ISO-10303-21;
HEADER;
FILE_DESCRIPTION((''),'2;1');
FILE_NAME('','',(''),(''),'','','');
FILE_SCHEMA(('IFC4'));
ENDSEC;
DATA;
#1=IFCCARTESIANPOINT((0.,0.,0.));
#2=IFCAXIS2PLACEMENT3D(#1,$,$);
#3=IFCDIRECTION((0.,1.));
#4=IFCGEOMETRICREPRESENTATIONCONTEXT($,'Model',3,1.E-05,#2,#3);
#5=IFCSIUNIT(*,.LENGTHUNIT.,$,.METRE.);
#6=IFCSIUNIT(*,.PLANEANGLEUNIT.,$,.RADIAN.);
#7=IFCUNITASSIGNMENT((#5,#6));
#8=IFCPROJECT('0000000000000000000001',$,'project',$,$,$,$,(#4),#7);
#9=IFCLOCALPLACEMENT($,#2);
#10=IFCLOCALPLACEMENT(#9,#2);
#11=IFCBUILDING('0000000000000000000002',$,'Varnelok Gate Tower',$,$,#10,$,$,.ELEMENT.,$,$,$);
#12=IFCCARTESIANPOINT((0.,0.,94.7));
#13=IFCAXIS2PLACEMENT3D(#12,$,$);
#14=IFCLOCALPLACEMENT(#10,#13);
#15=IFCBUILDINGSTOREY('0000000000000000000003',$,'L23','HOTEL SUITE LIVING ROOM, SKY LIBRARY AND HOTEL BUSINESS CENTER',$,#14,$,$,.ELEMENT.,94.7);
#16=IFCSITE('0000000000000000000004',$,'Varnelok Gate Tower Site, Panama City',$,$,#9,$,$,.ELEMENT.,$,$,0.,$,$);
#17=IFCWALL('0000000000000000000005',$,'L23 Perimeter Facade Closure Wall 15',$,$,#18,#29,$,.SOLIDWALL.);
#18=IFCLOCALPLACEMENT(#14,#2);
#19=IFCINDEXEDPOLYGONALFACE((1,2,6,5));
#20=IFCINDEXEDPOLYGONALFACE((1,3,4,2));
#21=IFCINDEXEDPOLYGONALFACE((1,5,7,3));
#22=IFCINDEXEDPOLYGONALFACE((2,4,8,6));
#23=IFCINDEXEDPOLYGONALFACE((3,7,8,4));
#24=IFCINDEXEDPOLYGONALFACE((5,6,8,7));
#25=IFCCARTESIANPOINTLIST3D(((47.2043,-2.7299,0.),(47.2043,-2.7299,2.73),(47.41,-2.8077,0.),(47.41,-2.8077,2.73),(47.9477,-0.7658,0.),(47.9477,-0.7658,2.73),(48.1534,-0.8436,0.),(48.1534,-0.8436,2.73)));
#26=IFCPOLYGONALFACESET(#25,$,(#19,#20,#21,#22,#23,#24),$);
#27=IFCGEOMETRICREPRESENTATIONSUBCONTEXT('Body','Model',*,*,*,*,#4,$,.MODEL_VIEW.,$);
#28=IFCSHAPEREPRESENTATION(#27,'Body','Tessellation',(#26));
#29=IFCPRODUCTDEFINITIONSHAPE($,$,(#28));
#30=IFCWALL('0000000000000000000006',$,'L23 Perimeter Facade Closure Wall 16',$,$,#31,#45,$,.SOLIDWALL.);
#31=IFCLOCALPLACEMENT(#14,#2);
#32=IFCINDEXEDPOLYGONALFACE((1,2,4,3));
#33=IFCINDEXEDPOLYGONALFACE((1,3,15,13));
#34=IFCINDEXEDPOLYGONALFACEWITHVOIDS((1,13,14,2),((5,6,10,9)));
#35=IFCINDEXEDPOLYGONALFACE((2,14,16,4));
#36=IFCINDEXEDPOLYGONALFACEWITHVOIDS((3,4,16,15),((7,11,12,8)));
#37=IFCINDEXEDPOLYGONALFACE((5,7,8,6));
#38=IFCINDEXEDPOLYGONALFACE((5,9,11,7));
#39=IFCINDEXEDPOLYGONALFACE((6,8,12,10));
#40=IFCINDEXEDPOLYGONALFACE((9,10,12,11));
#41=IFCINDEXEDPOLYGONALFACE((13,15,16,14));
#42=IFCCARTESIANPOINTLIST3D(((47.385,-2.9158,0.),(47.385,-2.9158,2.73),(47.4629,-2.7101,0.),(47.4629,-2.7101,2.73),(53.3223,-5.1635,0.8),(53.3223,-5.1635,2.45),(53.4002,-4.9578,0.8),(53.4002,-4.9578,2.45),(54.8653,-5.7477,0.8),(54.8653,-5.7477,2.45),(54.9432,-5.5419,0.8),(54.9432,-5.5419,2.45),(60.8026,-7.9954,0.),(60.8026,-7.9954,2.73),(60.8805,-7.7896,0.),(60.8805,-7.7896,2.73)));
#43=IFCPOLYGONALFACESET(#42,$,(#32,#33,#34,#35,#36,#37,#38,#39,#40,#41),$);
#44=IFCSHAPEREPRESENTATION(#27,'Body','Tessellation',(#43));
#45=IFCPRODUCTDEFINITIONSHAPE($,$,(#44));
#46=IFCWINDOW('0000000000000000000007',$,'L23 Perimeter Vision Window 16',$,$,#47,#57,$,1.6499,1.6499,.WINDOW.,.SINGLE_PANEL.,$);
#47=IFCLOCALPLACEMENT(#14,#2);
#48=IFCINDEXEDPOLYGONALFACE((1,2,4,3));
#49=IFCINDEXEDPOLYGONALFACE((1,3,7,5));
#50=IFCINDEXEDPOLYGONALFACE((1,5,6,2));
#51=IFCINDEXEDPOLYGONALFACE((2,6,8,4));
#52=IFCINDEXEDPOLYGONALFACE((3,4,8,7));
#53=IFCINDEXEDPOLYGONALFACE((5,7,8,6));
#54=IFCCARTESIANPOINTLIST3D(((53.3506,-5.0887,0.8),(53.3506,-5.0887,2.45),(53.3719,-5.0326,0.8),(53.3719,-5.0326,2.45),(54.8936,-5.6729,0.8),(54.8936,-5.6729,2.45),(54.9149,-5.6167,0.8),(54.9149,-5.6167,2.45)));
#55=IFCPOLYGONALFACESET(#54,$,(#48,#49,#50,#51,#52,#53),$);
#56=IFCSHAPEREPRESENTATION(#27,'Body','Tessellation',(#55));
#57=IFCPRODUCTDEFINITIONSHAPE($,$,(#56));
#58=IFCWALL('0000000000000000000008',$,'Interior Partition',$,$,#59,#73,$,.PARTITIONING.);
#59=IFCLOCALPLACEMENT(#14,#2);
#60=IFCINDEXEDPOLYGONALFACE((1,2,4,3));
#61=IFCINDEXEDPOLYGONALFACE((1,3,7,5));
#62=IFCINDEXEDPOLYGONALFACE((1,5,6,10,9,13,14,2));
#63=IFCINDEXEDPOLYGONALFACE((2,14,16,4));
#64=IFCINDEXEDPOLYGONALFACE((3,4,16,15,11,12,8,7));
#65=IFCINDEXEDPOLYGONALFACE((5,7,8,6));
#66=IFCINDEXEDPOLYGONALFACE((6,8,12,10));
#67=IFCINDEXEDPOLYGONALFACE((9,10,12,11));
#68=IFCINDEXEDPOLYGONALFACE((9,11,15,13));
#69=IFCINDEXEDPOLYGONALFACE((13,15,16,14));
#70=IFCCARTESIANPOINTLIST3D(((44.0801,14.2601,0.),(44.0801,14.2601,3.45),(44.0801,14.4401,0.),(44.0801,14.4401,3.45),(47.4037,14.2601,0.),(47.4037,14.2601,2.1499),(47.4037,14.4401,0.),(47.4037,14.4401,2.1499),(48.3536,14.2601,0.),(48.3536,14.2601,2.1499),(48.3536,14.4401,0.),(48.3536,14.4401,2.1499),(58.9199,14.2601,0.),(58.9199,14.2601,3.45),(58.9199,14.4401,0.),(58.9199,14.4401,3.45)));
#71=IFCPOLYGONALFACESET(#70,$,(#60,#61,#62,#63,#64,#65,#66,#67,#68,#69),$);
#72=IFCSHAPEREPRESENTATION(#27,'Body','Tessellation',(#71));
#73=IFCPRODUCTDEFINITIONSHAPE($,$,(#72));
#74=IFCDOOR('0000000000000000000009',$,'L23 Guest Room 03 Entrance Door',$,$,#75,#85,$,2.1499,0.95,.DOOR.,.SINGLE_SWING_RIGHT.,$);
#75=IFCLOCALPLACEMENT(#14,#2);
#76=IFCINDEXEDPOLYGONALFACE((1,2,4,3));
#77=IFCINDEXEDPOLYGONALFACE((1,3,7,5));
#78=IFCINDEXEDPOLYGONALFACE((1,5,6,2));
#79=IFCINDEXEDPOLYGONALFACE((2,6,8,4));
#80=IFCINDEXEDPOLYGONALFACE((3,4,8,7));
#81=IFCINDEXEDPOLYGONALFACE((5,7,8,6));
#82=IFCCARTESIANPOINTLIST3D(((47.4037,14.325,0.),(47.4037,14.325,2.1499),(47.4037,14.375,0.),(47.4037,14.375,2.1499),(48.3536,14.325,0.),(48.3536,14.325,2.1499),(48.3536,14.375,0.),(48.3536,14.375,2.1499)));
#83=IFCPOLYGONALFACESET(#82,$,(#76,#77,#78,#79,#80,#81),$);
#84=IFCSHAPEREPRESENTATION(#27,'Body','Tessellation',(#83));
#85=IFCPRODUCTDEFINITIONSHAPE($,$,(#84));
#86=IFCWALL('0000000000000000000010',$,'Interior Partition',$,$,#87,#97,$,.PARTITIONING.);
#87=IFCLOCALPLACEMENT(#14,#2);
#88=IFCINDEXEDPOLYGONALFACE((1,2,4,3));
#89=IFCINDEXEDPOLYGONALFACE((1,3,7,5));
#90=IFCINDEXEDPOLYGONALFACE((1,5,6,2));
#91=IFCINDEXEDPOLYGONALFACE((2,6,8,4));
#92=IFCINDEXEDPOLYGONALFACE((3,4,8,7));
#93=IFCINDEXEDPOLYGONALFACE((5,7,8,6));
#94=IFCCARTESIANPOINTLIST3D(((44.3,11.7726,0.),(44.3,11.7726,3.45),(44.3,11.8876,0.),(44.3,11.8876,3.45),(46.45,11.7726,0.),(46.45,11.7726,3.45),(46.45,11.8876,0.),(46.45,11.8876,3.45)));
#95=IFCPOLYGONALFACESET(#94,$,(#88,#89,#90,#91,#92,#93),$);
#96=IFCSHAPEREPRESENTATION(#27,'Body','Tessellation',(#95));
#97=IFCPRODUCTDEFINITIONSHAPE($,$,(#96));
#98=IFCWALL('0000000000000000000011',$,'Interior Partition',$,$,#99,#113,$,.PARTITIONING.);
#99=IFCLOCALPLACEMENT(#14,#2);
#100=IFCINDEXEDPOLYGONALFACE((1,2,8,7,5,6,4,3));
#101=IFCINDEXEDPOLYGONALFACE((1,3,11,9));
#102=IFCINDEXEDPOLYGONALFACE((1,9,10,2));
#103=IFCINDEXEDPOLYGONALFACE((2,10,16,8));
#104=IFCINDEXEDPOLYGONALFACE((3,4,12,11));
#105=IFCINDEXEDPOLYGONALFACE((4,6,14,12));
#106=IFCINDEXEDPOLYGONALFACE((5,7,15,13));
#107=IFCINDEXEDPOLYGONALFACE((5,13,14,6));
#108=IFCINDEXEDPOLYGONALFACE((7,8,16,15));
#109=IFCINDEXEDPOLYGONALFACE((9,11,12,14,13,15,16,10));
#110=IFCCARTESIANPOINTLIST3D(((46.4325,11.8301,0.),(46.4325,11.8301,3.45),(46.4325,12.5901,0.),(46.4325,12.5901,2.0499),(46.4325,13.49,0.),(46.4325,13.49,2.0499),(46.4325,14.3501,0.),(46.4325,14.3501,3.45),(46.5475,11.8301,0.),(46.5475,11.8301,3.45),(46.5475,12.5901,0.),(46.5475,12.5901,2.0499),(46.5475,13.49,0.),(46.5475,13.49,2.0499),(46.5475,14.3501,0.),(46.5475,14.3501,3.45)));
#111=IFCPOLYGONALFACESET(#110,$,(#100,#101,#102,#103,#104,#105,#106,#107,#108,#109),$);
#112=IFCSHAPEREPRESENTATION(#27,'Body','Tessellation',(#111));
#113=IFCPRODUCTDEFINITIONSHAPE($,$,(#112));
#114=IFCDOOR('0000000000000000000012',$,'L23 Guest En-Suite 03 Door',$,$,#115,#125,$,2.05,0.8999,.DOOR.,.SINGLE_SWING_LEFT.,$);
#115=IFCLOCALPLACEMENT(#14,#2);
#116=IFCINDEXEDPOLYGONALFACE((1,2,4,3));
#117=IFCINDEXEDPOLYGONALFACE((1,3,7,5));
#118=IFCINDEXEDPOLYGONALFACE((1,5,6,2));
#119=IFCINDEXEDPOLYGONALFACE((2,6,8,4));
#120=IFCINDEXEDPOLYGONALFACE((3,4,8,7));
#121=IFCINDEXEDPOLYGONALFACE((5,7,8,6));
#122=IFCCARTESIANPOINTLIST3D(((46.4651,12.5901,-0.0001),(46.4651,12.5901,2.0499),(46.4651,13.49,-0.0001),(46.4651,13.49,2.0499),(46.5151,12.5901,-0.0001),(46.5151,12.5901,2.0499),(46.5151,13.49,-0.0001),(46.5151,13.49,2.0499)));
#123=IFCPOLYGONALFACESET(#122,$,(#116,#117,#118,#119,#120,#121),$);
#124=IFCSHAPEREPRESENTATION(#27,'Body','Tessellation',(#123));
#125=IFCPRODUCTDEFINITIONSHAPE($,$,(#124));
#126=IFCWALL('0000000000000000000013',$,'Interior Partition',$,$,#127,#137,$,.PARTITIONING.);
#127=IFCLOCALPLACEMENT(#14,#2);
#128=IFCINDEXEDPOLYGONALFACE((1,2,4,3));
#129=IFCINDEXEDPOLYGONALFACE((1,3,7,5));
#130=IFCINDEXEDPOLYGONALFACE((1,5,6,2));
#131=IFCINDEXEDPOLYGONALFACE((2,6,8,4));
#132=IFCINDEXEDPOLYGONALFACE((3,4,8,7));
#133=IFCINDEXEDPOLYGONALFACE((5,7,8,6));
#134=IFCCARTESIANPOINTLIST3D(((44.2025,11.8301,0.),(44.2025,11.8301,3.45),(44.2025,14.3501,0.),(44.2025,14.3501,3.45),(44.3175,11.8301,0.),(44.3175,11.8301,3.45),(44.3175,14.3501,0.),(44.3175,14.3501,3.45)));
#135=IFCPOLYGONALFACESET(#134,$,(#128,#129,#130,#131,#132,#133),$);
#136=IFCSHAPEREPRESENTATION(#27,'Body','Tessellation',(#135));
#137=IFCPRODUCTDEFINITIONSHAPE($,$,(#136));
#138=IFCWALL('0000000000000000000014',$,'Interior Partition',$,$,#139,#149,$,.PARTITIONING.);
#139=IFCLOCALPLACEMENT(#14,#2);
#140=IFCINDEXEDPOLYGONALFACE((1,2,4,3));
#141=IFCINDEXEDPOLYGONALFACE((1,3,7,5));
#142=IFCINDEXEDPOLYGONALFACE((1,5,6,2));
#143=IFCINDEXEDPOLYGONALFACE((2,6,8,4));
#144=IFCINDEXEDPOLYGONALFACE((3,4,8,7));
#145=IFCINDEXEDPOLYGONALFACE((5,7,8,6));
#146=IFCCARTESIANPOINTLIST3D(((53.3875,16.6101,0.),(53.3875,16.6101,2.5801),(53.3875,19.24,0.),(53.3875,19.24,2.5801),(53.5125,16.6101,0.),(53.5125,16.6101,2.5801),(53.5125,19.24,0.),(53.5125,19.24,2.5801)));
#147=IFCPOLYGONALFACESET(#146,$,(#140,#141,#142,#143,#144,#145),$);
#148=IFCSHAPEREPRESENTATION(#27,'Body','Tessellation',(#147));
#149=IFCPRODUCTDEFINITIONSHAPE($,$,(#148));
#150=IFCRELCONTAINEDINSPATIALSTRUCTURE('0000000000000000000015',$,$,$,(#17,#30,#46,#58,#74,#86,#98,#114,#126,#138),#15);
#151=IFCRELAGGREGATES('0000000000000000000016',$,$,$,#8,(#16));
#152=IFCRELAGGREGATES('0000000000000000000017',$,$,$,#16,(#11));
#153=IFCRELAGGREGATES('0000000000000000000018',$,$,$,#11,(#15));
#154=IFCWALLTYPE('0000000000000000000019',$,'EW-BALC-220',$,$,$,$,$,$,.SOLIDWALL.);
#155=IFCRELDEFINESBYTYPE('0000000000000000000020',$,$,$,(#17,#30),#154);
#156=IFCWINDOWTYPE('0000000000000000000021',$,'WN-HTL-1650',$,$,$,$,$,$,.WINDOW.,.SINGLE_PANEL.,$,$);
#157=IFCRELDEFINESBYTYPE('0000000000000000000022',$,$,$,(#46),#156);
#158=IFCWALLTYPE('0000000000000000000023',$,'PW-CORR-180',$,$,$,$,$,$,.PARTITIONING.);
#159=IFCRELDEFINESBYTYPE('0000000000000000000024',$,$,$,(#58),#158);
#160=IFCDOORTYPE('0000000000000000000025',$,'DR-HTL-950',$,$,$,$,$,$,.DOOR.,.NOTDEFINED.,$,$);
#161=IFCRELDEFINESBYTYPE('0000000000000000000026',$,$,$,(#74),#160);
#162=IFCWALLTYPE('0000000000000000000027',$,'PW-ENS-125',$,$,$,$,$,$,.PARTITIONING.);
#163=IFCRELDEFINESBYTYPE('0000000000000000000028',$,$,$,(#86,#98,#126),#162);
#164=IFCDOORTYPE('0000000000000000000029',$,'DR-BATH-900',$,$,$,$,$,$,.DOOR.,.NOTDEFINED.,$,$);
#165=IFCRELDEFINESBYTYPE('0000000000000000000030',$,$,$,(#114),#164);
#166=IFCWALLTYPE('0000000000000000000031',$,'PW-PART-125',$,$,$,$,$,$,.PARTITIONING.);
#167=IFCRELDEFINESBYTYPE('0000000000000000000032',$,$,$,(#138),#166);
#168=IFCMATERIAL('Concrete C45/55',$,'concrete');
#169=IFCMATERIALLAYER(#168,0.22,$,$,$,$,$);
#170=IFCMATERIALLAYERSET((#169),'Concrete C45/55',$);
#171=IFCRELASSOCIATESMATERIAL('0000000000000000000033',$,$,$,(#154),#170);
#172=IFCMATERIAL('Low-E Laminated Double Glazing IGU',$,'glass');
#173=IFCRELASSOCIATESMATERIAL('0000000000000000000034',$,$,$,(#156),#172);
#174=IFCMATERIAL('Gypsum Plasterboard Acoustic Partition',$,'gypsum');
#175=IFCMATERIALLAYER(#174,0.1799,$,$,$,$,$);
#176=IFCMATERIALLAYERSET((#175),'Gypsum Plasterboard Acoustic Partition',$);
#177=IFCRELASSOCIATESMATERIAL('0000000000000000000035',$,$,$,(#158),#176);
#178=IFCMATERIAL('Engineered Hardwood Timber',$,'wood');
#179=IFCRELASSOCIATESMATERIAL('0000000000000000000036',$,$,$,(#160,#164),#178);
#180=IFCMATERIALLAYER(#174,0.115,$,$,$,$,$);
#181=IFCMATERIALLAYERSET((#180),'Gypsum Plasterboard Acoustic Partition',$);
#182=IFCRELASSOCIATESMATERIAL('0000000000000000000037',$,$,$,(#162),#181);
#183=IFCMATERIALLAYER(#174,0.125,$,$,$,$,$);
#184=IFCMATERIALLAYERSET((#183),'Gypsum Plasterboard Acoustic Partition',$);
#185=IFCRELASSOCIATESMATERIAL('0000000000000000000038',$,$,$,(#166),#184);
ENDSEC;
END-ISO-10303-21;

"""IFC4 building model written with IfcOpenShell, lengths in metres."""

from ifc_helpers import new_model, si_unit, direction, frame, frame_2d, origin, place, context, subcontext, project, spatial, rectangle, extrude, material, layer, layer_set, type_object, element, fill, save


model = new_model("IFC4")

# Units and contexts
model_context = context("Model", 3, precision=1e-05, world=origin(), true_north=direction((0.0, 1.0)))
body_context = subcontext(model_context, "Body", "Model", "MODEL_VIEW")
ifc_project = project(units=[si_unit("LENGTHUNIT", "METRE"), si_unit("PLANEANGLEUNIT", "RADIAN")], contexts=[model_context])

# Site, building, storey
site_placement = place(None, origin())
site = spatial("IfcSite", under=ifc_project, at=site_placement, Name="Varnelok Gate Tower Site, Panama City", CompositionType="ELEMENT", RefElevation=0.0)
building_placement = place(site_placement, origin())
building = spatial("IfcBuilding", under=site, at=building_placement, Name="Varnelok Gate Tower", CompositionType="ELEMENT")
storey_placement = place(building_placement, frame((0.0, 0.0, 94.7)))
storey = spatial("IfcBuildingStorey", under=building, at=storey_placement, Name="L23", Description="HOTEL SUITE LIVING ROOM, SKY LIBRARY AND HOTEL BUSINESS CENTER", CompositionType="ELEMENT", Elevation=94.7)

# Shared definitions
ifc_material_1 = material(Name="Concrete C45/55", Category="concrete")
ifc_layer_1 = layer(ifc_material_1, 0.22)
ifc_layer_set_1 = layer_set([ifc_layer_1], Name="Concrete C45/55")
wall_type_1 = type_object("IfcWallType", Name="EW-BALC-220", PredefinedType="SOLIDWALL", material=ifc_layer_set_1)

# Wall
wall_1_placement = place(storey_placement, frame((48.0505, -0.8047, 0.0), z_axis=(0.0, 0.0, 1.0), x_axis=(-0.353988, -0.93525, 0.0)))
element("IfcWall", 1, at=wall_1_placement, inside=storey, type_object=wall_type_1, Name="L23 Perimeter Facade Closure Wall 15", PredefinedType="SOLIDWALL", context=body_context, shape_type="SweptSolid", body=[
    extrude(rectangle(XDim=2.1001, YDim=0.22, at=frame_2d((1.05, 0.0))), origin(), (0.0, 0.0, 1.0), 2.73),
])

# Wall, opening, window
wall_2_placement = place(storey_placement, frame((47.4241, -2.813, 0.0), z_axis=(0.0, 0.0, 1.0), x_axis=(0.935226, -0.354051, 0.0)))
wall_2 = element("IfcWall", 2, at=wall_2_placement, inside=storey, type_object=wall_type_1, Name="L23 Perimeter Facade Closure Wall 16", PredefinedType="SOLIDWALL", context=body_context, shape_type="SweptSolid", body=[
    extrude(rectangle(XDim=14.3469, YDim=0.22, at=frame_2d((7.1733, 0.0))), origin(), (0.0, 0.0, 1.0), 2.73),
])
opening_1_placement = place(wall_2_placement, frame((6.3484, 0.0, 0.8)))
opening_1 = element("IfcOpeningElement", 3, at=opening_1_placement, cuts=wall_2, PredefinedType="OPENING", context=body_context, shape_type="SweptSolid", body=[
    extrude(rectangle(XDim=1.6499, YDim=1.6499, at=frame_2d((0.825, 0.825))), frame((0.0, 0.1199, 0.0), z_axis=(0.0, -1.0, 0.0), x_axis=(1.0, 0.0, 0.0)), (0.0, 0.0, 1.0), 0.24),
])
ifc_material_2 = material(Name="Low-E Laminated Double Glazing IGU", Category="glass")
window_type = type_object("IfcWindowType", Name="WN-HTL-1650", PartitioningType="SINGLE_PANEL", PredefinedType="WINDOW", material=ifc_material_2)
window_placement = place(opening_1_placement, origin())
window = element("IfcWindow", 4, at=window_placement, inside=storey, type_object=window_type, Name="L23 Perimeter Vision Window 16", OverallHeight=1.6499, OverallWidth=1.6499, PartitioningType="SINGLE_PANEL", PredefinedType="WINDOW", context=body_context, shape_type="SweptSolid", body=[
    extrude(rectangle(XDim=1.6499, YDim=1.6499, at=frame_2d((0.825, 0.825))), frame((0.0, 0.03, 0.0), z_axis=(0.0, -1.0, 0.0), x_axis=(1.0, 0.0, 0.0)), (0.0, 0.0, 1.0), 0.0601),
])
fill(opening_1, window)

# Wall, opening, door
ifc_material_3 = material(Name="Gypsum Plasterboard Acoustic Partition", Category="gypsum")
ifc_layer_2 = layer(ifc_material_3, 0.1799)
ifc_layer_set_2 = layer_set([ifc_layer_2], Name="Gypsum Plasterboard Acoustic Partition")
wall_type_2 = type_object("IfcWallType", Name="PW-CORR-180", PredefinedType="PARTITIONING", material=ifc_layer_set_2)
wall_3_placement = place(storey_placement, frame((44.0801, 14.3501, 0.0), z_axis=(0.0, 0.0, 1.0), x_axis=(1.0, 0.0, 0.0)))
wall_3 = element("IfcWall", 5, at=wall_3_placement, inside=storey, type_object=wall_type_2, Name="Interior Partition", PredefinedType="PARTITIONING", context=body_context, shape_type="SweptSolid", body=[
    extrude(rectangle(XDim=14.8398, YDim=0.1799, at=frame_2d((7.4199, 0.0))), origin(), (0.0, 0.0, 1.0), 3.45),
])
opening_2_placement = place(wall_3_placement, frame((3.3235, 0.0, 0.0)))
opening_2 = element("IfcOpeningElement", 6, at=opening_2_placement, cuts=wall_3, PredefinedType="OPENING", context=body_context, shape_type="SweptSolid", body=[
    extrude(rectangle(XDim=0.95, YDim=2.1499, at=frame_2d((0.4751, 1.075))), frame((0.0, 0.0999, 0.0), z_axis=(0.0, -1.0, 0.0), x_axis=(1.0, 0.0, 0.0)), (0.0, 0.0, 1.0), 0.2),
])
ifc_material_4 = material(Name="Engineered Hardwood Timber", Category="wood")
door_type_1 = type_object("IfcDoorType", Name="DR-HTL-950", OperationType="NOTDEFINED", PredefinedType="DOOR", material=ifc_material_4)
door_1_placement = place(opening_2_placement, origin())
door_1 = element("IfcDoor", 7, at=door_1_placement, inside=storey, type_object=door_type_1, Name="L23 Guest Room 03 Entrance Door", OperationType="SINGLE_SWING_RIGHT", OverallHeight=2.1499, OverallWidth=0.95, PredefinedType="DOOR", context=body_context, shape_type="SweptSolid", body=[
    extrude(rectangle(XDim=0.95, YDim=2.1499, at=frame_2d((0.4751, 1.075))), frame((0.0, 0.0249, 0.0), z_axis=(0.0, -1.0, 0.0), x_axis=(1.0, 0.0, 0.0)), (0.0, 0.0, 1.0), 0.05),
])
fill(opening_2, door_1)

# Wall
ifc_layer_3 = layer(ifc_material_3, 0.115)
ifc_layer_set_3 = layer_set([ifc_layer_3], Name="Gypsum Plasterboard Acoustic Partition")
wall_type_3 = type_object("IfcWallType", Name="PW-ENS-125", PredefinedType="PARTITIONING", material=ifc_layer_set_3)
wall_4_placement = place(storey_placement, frame((44.3, 11.8301, 0.0), z_axis=(0.0, 0.0, 1.0), x_axis=(1.0, 0.0, 0.0)))
element("IfcWall", 8, at=wall_4_placement, inside=storey, type_object=wall_type_3, Name="Interior Partition", PredefinedType="PARTITIONING", context=body_context, shape_type="SweptSolid", body=[
    extrude(rectangle(XDim=2.1499, YDim=0.115, at=frame_2d((1.075, 0.0))), origin(), (0.0, 0.0, 1.0), 3.45),
])

# Wall, opening, door
wall_5_placement = place(storey_placement, frame((46.49, 11.8301, 0.0), z_axis=(0.0, 0.0, 1.0), x_axis=(0.0, 1.0, 0.0)))
wall_5 = element("IfcWall", 9, at=wall_5_placement, inside=storey, type_object=wall_type_3, Name="Interior Partition", PredefinedType="PARTITIONING", context=body_context, shape_type="SweptSolid", body=[
    extrude(rectangle(XDim=2.52, YDim=0.115, at=frame_2d((1.26, 0.0))), origin(), (0.0, 0.0, 1.0), 3.45),
])
opening_3_placement = place(wall_5_placement, frame((0.76, 0.0, 0.0)))
opening_3 = element("IfcOpeningElement", 10, at=opening_3_placement, cuts=wall_5, PredefinedType="OPENING", context=body_context, shape_type="SweptSolid", body=[
    extrude(rectangle(XDim=0.8999, YDim=2.05, at=frame_2d((0.45, 1.0249))), frame((0.0, 0.0674, 0.0), z_axis=(0.0, -1.0, 0.0), x_axis=(1.0, 0.0, 0.0)), (0.0, 0.0, 1.0), 0.135),
])
door_type_2 = type_object("IfcDoorType", Name="DR-BATH-900", OperationType="NOTDEFINED", PredefinedType="DOOR", material=ifc_material_4)
door_2_placement = place(opening_3_placement, origin())
door_2 = element("IfcDoor", 11, at=door_2_placement, inside=storey, type_object=door_type_2, Name="L23 Guest En-Suite 03 Door", OperationType="SINGLE_SWING_LEFT", OverallHeight=2.05, OverallWidth=0.8999, PredefinedType="DOOR", context=body_context, shape_type="SweptSolid", body=[
    extrude(rectangle(XDim=0.8999, YDim=2.05, at=frame_2d((0.45, 1.0249))), frame((0.0, 0.0249, 0.0), z_axis=(0.0, -1.0, 0.0), x_axis=(1.0, 0.0, 0.0)), (0.0, 0.0, 1.0), 0.05),
])
fill(opening_3, door_2)

# Walls
wall_6_placement = place(storey_placement, frame((44.26, 11.8301, 0.0), z_axis=(0.0, 0.0, 1.0), x_axis=(0.0, 1.0, 0.0)))
element("IfcWall", 12, at=wall_6_placement, inside=storey, type_object=wall_type_3, Name="Interior Partition", PredefinedType="PARTITIONING", context=body_context, shape_type="SweptSolid", body=[
    extrude(rectangle(XDim=2.52, YDim=0.115, at=frame_2d((1.26, 0.0))), origin(), (0.0, 0.0, 1.0), 3.45),
])
ifc_layer_4 = layer(ifc_material_3, 0.125)
ifc_layer_set_4 = layer_set([ifc_layer_4], Name="Gypsum Plasterboard Acoustic Partition")
wall_type_4 = type_object("IfcWallType", Name="PW-PART-125", PredefinedType="PARTITIONING", material=ifc_layer_set_4)
wall_7_placement = place(storey_placement, frame((53.45, 16.6101, 0.0), z_axis=(0.0, 0.0, 1.0), x_axis=(0.0, 1.0, 0.0)))
element("IfcWall", 13, at=wall_7_placement, inside=storey, type_object=wall_type_4, Name="Interior Partition", PredefinedType="PARTITIONING", context=body_context, shape_type="SweptSolid", body=[
    extrude(rectangle(XDim=2.6299, YDim=0.125, at=frame_2d((1.3149, 0.0))), origin(), (0.0, 0.0, 1.0), 2.5801),
])

save(model, "model.ifc")
